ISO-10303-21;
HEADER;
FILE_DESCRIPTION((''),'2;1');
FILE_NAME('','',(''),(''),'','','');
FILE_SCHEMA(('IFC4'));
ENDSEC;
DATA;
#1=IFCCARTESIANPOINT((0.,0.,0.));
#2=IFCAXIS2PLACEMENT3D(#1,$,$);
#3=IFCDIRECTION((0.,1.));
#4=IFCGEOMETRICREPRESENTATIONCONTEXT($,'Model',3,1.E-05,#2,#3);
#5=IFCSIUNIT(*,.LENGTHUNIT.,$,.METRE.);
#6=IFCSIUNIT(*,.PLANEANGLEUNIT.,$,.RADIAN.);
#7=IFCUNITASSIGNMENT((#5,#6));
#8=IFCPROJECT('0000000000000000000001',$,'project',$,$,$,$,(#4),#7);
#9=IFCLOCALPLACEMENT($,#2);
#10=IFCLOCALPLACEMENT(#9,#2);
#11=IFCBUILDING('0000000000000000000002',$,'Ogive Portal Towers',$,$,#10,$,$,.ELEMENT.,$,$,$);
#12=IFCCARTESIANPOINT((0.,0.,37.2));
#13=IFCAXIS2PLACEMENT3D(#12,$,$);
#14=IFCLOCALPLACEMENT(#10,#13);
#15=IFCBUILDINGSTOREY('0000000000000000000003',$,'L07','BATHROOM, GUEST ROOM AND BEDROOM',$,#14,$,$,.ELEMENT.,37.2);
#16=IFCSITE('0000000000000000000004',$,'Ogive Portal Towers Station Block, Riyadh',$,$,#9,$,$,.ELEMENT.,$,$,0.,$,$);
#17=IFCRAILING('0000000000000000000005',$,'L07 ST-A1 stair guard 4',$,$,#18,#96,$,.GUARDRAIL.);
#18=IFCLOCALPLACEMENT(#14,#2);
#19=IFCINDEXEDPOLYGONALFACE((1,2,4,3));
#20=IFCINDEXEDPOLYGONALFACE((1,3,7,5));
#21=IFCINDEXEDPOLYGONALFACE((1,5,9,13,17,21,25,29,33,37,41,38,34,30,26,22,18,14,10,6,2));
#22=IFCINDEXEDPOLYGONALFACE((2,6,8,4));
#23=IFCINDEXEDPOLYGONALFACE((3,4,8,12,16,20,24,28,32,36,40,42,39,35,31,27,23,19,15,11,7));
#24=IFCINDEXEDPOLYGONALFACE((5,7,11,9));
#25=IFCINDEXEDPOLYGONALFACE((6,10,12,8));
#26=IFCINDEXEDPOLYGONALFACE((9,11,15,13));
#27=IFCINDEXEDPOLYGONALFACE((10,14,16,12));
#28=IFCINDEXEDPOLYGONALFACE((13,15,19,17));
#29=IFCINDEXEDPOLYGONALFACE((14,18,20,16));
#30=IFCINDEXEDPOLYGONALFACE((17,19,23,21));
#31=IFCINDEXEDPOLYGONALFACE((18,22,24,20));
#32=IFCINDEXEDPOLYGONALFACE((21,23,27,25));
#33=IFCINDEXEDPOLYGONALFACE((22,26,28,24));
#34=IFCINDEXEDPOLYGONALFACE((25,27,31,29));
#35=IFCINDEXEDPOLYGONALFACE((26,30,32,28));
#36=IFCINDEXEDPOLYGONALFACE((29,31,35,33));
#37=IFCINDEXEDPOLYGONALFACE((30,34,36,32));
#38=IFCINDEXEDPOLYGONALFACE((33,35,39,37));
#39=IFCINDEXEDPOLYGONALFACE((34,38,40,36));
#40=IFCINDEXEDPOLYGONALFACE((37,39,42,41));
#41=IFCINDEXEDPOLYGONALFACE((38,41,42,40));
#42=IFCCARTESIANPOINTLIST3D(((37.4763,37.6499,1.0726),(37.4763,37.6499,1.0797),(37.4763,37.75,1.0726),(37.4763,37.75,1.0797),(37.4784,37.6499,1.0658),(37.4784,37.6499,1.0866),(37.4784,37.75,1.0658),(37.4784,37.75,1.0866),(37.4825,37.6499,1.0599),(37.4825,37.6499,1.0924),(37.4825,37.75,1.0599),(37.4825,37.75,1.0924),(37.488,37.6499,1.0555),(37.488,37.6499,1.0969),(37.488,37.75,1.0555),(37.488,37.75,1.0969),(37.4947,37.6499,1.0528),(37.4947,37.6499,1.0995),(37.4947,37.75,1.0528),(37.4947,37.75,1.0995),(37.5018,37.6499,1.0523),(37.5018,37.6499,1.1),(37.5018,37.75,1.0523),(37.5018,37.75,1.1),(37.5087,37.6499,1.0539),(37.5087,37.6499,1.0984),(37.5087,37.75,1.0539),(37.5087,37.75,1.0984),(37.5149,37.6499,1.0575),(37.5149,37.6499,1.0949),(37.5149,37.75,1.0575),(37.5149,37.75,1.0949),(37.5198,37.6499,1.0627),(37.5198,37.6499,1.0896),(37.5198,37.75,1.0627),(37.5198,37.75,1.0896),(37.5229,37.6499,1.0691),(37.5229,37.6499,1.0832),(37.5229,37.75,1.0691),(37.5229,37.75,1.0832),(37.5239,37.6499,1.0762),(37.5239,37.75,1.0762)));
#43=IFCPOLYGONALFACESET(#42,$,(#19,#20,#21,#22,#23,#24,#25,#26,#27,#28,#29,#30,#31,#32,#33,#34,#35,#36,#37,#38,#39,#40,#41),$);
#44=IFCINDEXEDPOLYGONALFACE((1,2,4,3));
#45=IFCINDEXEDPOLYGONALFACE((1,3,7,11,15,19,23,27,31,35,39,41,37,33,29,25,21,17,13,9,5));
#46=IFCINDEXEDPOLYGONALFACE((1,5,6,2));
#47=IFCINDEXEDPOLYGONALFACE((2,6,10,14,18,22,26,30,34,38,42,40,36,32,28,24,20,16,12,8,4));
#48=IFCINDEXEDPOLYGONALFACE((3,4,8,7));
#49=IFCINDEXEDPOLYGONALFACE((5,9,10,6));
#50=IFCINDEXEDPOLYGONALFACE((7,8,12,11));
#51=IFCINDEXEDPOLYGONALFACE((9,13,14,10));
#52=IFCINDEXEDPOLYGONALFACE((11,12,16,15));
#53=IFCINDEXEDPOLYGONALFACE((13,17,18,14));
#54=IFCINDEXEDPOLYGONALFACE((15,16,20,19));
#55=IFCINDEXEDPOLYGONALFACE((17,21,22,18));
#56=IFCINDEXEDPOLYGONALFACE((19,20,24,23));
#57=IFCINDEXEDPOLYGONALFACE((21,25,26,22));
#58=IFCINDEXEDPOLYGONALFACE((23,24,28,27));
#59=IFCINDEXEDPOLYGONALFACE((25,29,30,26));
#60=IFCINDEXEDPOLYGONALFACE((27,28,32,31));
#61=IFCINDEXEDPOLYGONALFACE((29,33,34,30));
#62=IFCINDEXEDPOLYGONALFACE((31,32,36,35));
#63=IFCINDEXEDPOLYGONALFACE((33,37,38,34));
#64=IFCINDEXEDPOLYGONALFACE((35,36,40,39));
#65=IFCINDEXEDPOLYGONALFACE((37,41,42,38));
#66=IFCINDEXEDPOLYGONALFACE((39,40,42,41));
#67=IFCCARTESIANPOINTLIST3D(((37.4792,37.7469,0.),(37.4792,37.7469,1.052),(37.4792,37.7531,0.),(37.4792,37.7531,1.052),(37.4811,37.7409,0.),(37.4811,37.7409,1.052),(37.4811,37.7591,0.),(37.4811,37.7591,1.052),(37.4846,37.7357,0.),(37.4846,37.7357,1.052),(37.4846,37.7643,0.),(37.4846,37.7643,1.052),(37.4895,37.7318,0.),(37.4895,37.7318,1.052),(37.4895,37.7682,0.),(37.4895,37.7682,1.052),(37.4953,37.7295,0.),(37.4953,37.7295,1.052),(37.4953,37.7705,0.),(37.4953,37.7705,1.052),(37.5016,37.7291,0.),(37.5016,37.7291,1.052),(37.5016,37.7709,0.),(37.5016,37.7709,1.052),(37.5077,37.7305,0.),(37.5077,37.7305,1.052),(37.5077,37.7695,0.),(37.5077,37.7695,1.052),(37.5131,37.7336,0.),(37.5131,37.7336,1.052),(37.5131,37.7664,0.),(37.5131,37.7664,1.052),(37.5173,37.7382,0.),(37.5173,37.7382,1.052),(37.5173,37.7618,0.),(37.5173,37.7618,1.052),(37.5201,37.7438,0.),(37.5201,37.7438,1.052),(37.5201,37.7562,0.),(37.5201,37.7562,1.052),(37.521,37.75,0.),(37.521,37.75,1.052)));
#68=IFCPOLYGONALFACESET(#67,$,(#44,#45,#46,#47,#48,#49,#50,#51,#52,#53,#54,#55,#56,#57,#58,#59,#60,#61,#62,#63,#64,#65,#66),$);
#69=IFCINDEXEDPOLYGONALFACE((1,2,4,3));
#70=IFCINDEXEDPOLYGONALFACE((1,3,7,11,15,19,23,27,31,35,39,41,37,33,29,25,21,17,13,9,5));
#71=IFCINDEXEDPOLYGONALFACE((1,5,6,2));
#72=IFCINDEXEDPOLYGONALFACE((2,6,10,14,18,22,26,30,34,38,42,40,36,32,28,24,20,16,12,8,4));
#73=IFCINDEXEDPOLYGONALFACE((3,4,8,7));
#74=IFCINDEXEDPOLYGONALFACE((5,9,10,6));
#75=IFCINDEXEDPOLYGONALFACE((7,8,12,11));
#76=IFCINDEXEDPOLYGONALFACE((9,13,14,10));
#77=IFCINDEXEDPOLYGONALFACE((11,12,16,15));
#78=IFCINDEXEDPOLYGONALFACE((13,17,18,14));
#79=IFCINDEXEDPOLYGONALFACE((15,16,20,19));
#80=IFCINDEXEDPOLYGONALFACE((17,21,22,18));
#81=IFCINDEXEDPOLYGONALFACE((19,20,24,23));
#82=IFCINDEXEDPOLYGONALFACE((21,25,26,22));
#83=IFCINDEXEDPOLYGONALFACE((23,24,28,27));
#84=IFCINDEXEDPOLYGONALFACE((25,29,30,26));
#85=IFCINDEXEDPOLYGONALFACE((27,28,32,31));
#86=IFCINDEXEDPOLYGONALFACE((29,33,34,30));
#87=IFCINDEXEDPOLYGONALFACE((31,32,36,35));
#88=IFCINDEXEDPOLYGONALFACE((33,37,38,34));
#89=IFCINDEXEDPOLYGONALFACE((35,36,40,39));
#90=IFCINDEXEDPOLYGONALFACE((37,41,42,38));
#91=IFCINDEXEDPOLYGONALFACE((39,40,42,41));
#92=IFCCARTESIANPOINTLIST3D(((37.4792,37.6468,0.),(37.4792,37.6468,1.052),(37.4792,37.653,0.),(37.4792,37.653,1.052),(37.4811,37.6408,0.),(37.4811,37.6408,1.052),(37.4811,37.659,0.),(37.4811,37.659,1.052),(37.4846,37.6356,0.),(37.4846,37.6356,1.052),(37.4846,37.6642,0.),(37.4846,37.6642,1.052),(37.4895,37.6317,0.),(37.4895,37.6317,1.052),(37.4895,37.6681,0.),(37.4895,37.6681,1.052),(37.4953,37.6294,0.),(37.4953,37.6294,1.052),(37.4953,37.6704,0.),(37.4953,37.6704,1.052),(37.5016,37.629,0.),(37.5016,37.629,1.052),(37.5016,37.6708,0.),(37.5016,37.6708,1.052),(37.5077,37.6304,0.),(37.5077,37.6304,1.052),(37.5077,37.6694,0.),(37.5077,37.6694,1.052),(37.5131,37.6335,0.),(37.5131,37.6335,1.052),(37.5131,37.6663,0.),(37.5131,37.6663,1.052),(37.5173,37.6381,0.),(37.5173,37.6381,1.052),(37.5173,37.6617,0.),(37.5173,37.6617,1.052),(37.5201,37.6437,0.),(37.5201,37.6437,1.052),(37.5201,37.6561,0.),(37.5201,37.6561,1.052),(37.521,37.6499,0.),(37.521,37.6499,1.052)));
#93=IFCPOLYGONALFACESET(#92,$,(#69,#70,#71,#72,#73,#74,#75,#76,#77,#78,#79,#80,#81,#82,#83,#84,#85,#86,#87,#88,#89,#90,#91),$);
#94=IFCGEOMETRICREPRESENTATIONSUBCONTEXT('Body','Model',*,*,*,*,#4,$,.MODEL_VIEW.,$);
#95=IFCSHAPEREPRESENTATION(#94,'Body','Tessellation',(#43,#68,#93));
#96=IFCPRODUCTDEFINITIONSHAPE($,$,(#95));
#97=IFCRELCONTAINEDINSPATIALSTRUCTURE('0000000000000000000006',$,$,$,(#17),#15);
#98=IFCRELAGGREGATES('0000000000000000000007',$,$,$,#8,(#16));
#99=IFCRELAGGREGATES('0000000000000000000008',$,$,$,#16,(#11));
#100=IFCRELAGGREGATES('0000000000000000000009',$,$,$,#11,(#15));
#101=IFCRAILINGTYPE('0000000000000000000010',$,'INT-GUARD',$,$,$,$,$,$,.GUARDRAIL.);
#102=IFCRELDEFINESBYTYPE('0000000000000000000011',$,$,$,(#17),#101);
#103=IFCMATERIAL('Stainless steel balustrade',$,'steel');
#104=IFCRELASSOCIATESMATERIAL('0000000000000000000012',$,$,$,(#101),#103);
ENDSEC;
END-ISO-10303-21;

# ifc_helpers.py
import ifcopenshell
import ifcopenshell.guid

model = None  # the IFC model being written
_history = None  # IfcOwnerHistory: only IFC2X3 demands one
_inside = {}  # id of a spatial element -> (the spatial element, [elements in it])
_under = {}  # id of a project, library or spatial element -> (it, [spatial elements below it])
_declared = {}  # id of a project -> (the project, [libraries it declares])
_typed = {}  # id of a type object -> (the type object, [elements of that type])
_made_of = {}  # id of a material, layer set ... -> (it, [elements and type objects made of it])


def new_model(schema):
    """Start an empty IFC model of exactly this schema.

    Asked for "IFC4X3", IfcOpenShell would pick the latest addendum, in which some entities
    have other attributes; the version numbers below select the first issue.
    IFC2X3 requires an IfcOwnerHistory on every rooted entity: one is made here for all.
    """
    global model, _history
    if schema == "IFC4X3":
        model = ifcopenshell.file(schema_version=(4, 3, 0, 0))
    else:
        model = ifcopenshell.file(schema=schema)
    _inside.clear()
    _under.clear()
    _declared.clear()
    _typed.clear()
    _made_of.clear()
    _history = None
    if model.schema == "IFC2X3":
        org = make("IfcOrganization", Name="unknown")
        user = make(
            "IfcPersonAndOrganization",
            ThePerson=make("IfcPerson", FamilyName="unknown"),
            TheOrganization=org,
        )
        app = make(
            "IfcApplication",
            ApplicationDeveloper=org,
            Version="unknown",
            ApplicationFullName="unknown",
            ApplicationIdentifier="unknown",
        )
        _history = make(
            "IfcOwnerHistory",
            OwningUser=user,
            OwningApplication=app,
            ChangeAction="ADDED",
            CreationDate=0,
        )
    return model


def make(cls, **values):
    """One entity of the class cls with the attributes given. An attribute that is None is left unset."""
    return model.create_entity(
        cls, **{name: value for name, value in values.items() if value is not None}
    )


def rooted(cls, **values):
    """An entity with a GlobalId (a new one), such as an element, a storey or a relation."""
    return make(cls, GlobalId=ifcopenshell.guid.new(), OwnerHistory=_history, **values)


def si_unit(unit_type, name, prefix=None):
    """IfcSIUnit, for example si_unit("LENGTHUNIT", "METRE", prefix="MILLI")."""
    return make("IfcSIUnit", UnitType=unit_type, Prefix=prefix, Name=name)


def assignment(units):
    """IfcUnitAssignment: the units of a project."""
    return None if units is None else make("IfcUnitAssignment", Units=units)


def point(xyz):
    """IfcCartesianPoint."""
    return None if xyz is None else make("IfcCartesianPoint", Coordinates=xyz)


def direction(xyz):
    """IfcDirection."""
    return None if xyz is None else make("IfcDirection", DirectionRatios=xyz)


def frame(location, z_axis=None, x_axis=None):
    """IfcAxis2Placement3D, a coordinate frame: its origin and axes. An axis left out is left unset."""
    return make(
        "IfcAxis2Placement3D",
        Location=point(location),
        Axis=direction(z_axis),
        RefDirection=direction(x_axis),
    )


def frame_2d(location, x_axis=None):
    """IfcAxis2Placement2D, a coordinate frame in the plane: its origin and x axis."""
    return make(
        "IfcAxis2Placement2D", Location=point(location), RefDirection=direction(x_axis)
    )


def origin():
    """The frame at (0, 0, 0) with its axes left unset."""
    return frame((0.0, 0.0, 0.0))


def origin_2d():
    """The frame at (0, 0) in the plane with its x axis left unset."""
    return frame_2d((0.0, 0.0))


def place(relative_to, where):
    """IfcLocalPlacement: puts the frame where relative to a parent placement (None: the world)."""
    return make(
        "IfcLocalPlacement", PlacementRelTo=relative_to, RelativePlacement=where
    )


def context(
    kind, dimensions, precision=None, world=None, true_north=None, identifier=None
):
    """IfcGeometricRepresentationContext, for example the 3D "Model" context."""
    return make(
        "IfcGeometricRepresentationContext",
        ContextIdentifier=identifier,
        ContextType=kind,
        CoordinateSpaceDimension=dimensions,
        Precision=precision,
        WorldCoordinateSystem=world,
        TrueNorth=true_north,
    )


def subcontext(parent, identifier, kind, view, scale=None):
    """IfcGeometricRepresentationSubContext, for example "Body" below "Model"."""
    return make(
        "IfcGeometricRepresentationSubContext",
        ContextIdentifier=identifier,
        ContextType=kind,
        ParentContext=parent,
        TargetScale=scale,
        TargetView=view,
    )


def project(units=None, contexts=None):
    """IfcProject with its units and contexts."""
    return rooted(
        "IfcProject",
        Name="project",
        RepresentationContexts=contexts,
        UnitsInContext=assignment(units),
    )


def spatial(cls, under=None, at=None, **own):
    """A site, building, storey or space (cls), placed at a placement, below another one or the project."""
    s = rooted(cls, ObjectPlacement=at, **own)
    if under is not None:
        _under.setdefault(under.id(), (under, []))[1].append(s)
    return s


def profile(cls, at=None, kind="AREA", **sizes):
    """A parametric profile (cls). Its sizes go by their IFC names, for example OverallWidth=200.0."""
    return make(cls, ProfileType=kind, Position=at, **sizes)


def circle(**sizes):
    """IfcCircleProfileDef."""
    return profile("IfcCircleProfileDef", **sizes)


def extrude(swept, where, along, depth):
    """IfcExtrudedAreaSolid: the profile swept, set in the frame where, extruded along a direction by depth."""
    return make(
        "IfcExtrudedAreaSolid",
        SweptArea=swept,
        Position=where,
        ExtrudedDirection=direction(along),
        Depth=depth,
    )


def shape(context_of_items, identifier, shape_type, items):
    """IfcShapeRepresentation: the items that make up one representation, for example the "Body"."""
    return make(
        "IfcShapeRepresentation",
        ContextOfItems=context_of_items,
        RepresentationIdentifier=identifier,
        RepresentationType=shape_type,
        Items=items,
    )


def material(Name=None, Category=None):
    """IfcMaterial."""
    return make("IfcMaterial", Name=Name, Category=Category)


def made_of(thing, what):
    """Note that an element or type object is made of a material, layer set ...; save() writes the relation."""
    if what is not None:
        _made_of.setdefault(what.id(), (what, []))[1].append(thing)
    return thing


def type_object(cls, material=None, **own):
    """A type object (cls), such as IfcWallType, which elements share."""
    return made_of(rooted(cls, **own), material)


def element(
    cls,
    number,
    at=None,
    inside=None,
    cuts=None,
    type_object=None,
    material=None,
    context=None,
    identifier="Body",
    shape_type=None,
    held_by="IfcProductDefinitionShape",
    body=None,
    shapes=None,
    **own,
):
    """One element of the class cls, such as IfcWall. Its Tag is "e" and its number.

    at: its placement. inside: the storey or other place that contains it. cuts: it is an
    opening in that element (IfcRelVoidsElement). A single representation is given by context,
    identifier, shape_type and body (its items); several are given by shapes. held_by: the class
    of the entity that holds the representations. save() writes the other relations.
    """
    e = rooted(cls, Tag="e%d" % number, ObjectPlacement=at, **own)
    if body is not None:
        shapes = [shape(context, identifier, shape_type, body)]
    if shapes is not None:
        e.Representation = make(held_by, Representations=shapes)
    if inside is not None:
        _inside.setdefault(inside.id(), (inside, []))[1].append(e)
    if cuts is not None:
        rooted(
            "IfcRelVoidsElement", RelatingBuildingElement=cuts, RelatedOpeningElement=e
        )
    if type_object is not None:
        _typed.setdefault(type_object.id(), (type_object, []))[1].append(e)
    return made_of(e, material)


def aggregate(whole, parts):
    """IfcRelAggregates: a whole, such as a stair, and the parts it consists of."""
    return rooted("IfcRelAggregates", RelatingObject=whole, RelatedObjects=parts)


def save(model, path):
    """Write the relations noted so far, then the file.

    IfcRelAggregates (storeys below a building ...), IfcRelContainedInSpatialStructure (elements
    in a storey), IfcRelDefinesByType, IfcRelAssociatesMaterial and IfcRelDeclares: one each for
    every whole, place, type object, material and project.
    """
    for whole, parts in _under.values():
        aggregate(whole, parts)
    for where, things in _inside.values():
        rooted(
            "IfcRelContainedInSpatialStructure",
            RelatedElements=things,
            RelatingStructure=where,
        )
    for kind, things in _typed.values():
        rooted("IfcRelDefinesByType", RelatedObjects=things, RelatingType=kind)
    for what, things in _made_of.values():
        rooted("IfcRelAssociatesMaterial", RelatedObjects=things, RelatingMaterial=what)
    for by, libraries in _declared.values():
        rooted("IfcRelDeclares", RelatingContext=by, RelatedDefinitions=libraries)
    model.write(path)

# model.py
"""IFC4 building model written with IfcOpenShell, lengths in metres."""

from ifc_helpers import new_model, si_unit, direction, frame, origin, origin_2d, place, context, subcontext, project, spatial, circle, extrude, material, type_object, element, save


model = new_model("IFC4")

# Units and contexts
model_context = context("Model", 3, precision=1e-05, world=origin(), true_north=direction((0.0, 1.0)))
body_context = subcontext(model_context, "Body", "Model", "MODEL_VIEW")
ifc_project = project(units=[si_unit("LENGTHUNIT", "METRE"), si_unit("PLANEANGLEUNIT", "RADIAN")], contexts=[model_context])

# Site, building, storey
site_placement = place(None, origin())
site = spatial("IfcSite", under=ifc_project, at=site_placement, Name="Ogive Portal Towers Station Block, Riyadh", CompositionType="ELEMENT", RefElevation=0.0)
building_placement = place(site_placement, origin())
building = spatial("IfcBuilding", under=site, at=building_placement, Name="Ogive Portal Towers", CompositionType="ELEMENT")
storey_placement = place(building_placement, frame((0.0, 0.0, 37.2)))
storey = spatial("IfcBuildingStorey", under=building, at=storey_placement, Name="L07", Description="BATHROOM, GUEST ROOM AND BEDROOM", CompositionType="ELEMENT", Elevation=37.2)

# Railing
ifc_material_1 = material(Name="Stainless steel balustrade", Category="steel")
railing_type_1 = type_object("IfcRailingType", Name="INT-GUARD", PredefinedType="GUARDRAIL", material=ifc_material_1)
railing_1_placement = place(storey_placement, frame((37.5, 37.75, 0.0)))
element("IfcRailing", 1, at=railing_1_placement, inside=storey, type_object=railing_type_1, Name="L07 ST-A1 stair guard 4", PredefinedType="GUARDRAIL", context=body_context, shape_type="SweptSolid", body=[
    extrude(circle(Radius=0.0239, at=origin_2d()), frame((0.0, 0.0, 1.0762), z_axis=(0.0, -1.0, 0.0), x_axis=(1.0, 0.0, 0.0)), (0.0, 0.0, 1.0), 0.1001),
    extrude(circle(Radius=0.021, at=origin_2d()), origin(), (0.0, 0.0, 1.0), 1.052),
    extrude(circle(Radius=0.021, at=origin_2d()), frame((0.0, -0.1001, 0.0)), (0.0, 0.0, 1.0), 1.052),
])

save(model, "model.ifc")
